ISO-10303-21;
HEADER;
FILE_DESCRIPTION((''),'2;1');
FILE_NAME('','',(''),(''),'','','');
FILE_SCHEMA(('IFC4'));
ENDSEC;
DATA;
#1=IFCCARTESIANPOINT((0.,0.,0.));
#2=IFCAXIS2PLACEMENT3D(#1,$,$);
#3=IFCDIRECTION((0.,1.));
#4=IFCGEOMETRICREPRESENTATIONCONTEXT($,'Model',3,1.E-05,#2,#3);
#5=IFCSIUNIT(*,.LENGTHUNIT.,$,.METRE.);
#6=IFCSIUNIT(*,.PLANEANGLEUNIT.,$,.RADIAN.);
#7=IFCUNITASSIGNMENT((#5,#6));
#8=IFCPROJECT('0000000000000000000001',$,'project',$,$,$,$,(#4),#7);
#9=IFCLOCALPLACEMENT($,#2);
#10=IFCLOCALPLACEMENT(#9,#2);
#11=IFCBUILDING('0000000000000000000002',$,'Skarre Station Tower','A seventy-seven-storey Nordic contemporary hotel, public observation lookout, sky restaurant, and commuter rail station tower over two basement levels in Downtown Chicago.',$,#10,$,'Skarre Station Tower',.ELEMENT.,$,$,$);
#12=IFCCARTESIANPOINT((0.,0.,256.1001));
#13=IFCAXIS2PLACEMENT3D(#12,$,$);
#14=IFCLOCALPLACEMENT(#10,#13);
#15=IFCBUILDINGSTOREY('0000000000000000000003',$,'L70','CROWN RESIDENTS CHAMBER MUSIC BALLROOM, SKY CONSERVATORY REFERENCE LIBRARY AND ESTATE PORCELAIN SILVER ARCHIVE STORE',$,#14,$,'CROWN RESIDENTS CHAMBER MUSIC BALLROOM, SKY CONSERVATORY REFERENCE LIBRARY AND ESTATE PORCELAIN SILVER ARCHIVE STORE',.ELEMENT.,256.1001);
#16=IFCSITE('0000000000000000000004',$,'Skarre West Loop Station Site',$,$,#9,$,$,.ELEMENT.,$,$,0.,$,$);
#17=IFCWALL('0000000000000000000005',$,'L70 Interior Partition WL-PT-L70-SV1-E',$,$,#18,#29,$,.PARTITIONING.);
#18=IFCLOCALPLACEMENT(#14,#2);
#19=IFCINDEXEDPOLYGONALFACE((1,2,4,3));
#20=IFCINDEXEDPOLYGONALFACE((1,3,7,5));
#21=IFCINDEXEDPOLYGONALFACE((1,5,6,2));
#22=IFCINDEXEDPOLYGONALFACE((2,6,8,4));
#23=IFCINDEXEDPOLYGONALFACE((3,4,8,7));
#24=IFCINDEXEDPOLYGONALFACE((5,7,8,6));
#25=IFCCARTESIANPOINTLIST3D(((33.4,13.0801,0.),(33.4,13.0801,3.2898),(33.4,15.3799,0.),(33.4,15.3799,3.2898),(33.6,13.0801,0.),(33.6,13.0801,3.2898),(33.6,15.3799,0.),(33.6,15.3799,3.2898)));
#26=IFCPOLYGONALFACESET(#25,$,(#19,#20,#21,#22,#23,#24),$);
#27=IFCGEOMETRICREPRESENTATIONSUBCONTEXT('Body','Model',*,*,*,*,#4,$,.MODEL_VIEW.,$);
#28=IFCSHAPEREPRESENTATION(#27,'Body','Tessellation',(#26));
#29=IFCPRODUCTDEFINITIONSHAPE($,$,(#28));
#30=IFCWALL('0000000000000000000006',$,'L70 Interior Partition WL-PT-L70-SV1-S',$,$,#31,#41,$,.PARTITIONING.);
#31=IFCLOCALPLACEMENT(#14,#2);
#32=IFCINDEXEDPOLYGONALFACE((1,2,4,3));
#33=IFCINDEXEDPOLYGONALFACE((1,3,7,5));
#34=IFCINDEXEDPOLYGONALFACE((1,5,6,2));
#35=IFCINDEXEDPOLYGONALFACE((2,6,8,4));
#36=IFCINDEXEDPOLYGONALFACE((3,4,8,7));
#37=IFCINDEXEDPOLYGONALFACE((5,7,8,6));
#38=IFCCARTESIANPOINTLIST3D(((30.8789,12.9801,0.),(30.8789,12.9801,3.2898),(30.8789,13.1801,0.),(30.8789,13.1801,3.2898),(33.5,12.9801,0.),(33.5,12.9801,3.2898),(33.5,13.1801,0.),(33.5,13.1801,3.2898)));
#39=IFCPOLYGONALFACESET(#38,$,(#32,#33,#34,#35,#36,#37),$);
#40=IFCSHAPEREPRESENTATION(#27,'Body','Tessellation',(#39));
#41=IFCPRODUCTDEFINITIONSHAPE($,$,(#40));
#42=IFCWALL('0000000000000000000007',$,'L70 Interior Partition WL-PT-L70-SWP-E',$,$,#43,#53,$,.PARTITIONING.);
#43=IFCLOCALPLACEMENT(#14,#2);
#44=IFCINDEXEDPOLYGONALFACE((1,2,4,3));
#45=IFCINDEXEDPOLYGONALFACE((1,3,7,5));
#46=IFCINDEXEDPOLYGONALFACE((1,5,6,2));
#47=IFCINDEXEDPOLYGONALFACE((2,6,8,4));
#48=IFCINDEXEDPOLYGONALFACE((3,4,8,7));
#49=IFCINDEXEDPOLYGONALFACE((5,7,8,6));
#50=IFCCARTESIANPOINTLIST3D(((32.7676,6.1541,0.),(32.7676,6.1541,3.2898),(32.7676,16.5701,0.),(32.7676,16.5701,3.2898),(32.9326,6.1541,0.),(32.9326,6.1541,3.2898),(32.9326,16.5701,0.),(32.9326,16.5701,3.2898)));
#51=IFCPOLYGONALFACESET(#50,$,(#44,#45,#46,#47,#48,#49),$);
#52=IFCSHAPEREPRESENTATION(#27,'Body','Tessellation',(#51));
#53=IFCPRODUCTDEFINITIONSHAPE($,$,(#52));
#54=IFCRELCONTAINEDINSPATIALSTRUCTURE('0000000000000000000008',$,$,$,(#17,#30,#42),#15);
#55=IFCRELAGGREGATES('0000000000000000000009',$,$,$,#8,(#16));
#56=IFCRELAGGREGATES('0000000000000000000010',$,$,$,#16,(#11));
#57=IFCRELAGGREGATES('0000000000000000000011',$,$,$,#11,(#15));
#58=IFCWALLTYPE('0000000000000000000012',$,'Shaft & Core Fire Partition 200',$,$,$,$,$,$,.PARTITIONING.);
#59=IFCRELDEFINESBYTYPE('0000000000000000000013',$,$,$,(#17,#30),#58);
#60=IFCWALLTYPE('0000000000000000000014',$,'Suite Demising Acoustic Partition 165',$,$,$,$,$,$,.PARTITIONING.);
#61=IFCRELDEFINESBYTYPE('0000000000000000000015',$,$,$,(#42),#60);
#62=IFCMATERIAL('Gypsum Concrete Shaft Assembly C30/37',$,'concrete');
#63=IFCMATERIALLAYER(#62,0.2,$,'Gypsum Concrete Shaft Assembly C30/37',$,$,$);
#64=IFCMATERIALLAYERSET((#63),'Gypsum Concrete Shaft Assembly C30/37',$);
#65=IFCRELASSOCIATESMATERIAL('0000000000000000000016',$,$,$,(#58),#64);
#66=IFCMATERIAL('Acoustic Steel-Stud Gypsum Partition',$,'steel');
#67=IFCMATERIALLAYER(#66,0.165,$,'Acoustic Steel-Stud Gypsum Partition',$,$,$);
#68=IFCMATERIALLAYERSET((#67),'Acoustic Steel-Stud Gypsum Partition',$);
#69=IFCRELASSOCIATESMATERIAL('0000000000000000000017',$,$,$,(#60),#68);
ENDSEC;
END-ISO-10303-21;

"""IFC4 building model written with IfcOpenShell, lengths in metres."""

from ifc_helpers import new_model, si_unit, direction, frame, frame_2d, origin, place, context, subcontext, project, spatial, rectangle, extrude, material, layer, layer_set, type_object, element, save


model = new_model("IFC4")

# Units and contexts
model_context = context("Model", 3, precision=1e-05, world=origin(), true_north=direction((0.0, 1.0)))
body_context = subcontext(model_context, "Body", "Model", "MODEL_VIEW")
ifc_project = project(units=[si_unit("LENGTHUNIT", "METRE"), si_unit("PLANEANGLEUNIT", "RADIAN")], contexts=[model_context])

# Site, building, storey
site_placement = place(None, origin())
site = spatial("IfcSite", under=ifc_project, at=site_placement, Name="Skarre West Loop Station Site", CompositionType="ELEMENT", RefElevation=0.0)
building_placement = place(site_placement, origin())
building = spatial("IfcBuilding", under=site, at=building_placement, Name="Skarre Station Tower", Description="A seventy-seven-storey Nordic contemporary hotel, public observation lookout, sky restaurant, and commuter rail station tower over two basement levels in Downtown Chicago.", LongName="Skarre Station Tower", CompositionType="ELEMENT")
storey_placement = place(building_placement, frame((0.0, 0.0, 256.1001)))
storey = spatial("IfcBuildingStorey", under=building, at=storey_placement, Name="L70", Description="CROWN RESIDENTS CHAMBER MUSIC BALLROOM, SKY CONSERVATORY REFERENCE LIBRARY AND ESTATE PORCELAIN SILVER ARCHIVE STORE", LongName="CROWN RESIDENTS CHAMBER MUSIC BALLROOM, SKY CONSERVATORY REFERENCE LIBRARY AND ESTATE PORCELAIN SILVER ARCHIVE STORE", CompositionType="ELEMENT", Elevation=256.1001)

# Shared definitions
ifc_material_1 = material(Name="Acoustic Steel-Stud Gypsum Partition", Category="steel")

# Shared definitions
ifc_material_2 = material(Name="Gypsum Concrete Shaft Assembly C30/37", Category="concrete")
ifc_layer_1 = layer(ifc_material_2, 0.2, Name="Gypsum Concrete Shaft Assembly C30/37")
ifc_layer_set_1 = layer_set([ifc_layer_1], Name="Gypsum Concrete Shaft Assembly C30/37")
wall_type_1 = type_object("IfcWallType", Name="Shaft & Core Fire Partition 200", PredefinedType="PARTITIONING", material=ifc_layer_set_1)

# Walls
wall_1_placement = place(storey_placement, frame((33.5, 13.0801, 0.0), z_axis=(0.0, 0.0, 1.0), x_axis=(0.0, 1.0, 0.0)))
element("IfcWall", 1, at=wall_1_placement, inside=storey, type_object=wall_type_1, Name="L70 Interior Partition WL-PT-L70-SV1-E", PredefinedType="PARTITIONING", context=body_context, shape_type="SweptSolid", body=[
    extrude(rectangle(XDim=2.2998, YDim=0.2, at=frame_2d((1.1499, 0.0))), origin(), (0.0, 0.0, 1.0), 3.2898),
])
wall_2_placement = place(storey_placement, frame((30.8789, 13.0801, 0.0), z_axis=(0.0, 0.0, 1.0), x_axis=(1.0, 0.0, 0.0)))
element("IfcWall", 2, at=wall_2_placement, inside=storey, type_object=wall_type_1, Name="L70 Interior Partition WL-PT-L70-SV1-S", PredefinedType="PARTITIONING", context=body_context, shape_type="SweptSolid", body=[
    extrude(rectangle(XDim=2.6211, YDim=0.2, at=frame_2d((1.3105, 0.0))), origin(), (0.0, 0.0, 1.0), 3.2898),
])
ifc_layer_2 = layer(ifc_material_1, 0.165, Name="Acoustic Steel-Stud Gypsum Partition")
ifc_layer_set_2 = layer_set([ifc_layer_2], Name="Acoustic Steel-Stud Gypsum Partition")
wall_type_2 = type_object("IfcWallType", Name="Suite Demising Acoustic Partition 165", PredefinedType="PARTITIONING", material=ifc_layer_set_2)
wall_3_placement = place(storey_placement, frame((32.8501, 6.1541, 0.0), z_axis=(0.0, 0.0, 1.0), x_axis=(0.0, 1.0, 0.0)))
element("IfcWall", 3, at=wall_3_placement, inside=storey, type_object=wall_type_2, Name="L70 Interior Partition WL-PT-L70-SWP-E", PredefinedType="PARTITIONING", context=body_context, shape_type="SweptSolid", body=[
    extrude(rectangle(XDim=10.416, YDim=0.165, at=frame_2d((5.208, 0.0))), origin(), (0.0, 0.0, 1.0), 3.2898),
])

save(model, "model.ifc")
